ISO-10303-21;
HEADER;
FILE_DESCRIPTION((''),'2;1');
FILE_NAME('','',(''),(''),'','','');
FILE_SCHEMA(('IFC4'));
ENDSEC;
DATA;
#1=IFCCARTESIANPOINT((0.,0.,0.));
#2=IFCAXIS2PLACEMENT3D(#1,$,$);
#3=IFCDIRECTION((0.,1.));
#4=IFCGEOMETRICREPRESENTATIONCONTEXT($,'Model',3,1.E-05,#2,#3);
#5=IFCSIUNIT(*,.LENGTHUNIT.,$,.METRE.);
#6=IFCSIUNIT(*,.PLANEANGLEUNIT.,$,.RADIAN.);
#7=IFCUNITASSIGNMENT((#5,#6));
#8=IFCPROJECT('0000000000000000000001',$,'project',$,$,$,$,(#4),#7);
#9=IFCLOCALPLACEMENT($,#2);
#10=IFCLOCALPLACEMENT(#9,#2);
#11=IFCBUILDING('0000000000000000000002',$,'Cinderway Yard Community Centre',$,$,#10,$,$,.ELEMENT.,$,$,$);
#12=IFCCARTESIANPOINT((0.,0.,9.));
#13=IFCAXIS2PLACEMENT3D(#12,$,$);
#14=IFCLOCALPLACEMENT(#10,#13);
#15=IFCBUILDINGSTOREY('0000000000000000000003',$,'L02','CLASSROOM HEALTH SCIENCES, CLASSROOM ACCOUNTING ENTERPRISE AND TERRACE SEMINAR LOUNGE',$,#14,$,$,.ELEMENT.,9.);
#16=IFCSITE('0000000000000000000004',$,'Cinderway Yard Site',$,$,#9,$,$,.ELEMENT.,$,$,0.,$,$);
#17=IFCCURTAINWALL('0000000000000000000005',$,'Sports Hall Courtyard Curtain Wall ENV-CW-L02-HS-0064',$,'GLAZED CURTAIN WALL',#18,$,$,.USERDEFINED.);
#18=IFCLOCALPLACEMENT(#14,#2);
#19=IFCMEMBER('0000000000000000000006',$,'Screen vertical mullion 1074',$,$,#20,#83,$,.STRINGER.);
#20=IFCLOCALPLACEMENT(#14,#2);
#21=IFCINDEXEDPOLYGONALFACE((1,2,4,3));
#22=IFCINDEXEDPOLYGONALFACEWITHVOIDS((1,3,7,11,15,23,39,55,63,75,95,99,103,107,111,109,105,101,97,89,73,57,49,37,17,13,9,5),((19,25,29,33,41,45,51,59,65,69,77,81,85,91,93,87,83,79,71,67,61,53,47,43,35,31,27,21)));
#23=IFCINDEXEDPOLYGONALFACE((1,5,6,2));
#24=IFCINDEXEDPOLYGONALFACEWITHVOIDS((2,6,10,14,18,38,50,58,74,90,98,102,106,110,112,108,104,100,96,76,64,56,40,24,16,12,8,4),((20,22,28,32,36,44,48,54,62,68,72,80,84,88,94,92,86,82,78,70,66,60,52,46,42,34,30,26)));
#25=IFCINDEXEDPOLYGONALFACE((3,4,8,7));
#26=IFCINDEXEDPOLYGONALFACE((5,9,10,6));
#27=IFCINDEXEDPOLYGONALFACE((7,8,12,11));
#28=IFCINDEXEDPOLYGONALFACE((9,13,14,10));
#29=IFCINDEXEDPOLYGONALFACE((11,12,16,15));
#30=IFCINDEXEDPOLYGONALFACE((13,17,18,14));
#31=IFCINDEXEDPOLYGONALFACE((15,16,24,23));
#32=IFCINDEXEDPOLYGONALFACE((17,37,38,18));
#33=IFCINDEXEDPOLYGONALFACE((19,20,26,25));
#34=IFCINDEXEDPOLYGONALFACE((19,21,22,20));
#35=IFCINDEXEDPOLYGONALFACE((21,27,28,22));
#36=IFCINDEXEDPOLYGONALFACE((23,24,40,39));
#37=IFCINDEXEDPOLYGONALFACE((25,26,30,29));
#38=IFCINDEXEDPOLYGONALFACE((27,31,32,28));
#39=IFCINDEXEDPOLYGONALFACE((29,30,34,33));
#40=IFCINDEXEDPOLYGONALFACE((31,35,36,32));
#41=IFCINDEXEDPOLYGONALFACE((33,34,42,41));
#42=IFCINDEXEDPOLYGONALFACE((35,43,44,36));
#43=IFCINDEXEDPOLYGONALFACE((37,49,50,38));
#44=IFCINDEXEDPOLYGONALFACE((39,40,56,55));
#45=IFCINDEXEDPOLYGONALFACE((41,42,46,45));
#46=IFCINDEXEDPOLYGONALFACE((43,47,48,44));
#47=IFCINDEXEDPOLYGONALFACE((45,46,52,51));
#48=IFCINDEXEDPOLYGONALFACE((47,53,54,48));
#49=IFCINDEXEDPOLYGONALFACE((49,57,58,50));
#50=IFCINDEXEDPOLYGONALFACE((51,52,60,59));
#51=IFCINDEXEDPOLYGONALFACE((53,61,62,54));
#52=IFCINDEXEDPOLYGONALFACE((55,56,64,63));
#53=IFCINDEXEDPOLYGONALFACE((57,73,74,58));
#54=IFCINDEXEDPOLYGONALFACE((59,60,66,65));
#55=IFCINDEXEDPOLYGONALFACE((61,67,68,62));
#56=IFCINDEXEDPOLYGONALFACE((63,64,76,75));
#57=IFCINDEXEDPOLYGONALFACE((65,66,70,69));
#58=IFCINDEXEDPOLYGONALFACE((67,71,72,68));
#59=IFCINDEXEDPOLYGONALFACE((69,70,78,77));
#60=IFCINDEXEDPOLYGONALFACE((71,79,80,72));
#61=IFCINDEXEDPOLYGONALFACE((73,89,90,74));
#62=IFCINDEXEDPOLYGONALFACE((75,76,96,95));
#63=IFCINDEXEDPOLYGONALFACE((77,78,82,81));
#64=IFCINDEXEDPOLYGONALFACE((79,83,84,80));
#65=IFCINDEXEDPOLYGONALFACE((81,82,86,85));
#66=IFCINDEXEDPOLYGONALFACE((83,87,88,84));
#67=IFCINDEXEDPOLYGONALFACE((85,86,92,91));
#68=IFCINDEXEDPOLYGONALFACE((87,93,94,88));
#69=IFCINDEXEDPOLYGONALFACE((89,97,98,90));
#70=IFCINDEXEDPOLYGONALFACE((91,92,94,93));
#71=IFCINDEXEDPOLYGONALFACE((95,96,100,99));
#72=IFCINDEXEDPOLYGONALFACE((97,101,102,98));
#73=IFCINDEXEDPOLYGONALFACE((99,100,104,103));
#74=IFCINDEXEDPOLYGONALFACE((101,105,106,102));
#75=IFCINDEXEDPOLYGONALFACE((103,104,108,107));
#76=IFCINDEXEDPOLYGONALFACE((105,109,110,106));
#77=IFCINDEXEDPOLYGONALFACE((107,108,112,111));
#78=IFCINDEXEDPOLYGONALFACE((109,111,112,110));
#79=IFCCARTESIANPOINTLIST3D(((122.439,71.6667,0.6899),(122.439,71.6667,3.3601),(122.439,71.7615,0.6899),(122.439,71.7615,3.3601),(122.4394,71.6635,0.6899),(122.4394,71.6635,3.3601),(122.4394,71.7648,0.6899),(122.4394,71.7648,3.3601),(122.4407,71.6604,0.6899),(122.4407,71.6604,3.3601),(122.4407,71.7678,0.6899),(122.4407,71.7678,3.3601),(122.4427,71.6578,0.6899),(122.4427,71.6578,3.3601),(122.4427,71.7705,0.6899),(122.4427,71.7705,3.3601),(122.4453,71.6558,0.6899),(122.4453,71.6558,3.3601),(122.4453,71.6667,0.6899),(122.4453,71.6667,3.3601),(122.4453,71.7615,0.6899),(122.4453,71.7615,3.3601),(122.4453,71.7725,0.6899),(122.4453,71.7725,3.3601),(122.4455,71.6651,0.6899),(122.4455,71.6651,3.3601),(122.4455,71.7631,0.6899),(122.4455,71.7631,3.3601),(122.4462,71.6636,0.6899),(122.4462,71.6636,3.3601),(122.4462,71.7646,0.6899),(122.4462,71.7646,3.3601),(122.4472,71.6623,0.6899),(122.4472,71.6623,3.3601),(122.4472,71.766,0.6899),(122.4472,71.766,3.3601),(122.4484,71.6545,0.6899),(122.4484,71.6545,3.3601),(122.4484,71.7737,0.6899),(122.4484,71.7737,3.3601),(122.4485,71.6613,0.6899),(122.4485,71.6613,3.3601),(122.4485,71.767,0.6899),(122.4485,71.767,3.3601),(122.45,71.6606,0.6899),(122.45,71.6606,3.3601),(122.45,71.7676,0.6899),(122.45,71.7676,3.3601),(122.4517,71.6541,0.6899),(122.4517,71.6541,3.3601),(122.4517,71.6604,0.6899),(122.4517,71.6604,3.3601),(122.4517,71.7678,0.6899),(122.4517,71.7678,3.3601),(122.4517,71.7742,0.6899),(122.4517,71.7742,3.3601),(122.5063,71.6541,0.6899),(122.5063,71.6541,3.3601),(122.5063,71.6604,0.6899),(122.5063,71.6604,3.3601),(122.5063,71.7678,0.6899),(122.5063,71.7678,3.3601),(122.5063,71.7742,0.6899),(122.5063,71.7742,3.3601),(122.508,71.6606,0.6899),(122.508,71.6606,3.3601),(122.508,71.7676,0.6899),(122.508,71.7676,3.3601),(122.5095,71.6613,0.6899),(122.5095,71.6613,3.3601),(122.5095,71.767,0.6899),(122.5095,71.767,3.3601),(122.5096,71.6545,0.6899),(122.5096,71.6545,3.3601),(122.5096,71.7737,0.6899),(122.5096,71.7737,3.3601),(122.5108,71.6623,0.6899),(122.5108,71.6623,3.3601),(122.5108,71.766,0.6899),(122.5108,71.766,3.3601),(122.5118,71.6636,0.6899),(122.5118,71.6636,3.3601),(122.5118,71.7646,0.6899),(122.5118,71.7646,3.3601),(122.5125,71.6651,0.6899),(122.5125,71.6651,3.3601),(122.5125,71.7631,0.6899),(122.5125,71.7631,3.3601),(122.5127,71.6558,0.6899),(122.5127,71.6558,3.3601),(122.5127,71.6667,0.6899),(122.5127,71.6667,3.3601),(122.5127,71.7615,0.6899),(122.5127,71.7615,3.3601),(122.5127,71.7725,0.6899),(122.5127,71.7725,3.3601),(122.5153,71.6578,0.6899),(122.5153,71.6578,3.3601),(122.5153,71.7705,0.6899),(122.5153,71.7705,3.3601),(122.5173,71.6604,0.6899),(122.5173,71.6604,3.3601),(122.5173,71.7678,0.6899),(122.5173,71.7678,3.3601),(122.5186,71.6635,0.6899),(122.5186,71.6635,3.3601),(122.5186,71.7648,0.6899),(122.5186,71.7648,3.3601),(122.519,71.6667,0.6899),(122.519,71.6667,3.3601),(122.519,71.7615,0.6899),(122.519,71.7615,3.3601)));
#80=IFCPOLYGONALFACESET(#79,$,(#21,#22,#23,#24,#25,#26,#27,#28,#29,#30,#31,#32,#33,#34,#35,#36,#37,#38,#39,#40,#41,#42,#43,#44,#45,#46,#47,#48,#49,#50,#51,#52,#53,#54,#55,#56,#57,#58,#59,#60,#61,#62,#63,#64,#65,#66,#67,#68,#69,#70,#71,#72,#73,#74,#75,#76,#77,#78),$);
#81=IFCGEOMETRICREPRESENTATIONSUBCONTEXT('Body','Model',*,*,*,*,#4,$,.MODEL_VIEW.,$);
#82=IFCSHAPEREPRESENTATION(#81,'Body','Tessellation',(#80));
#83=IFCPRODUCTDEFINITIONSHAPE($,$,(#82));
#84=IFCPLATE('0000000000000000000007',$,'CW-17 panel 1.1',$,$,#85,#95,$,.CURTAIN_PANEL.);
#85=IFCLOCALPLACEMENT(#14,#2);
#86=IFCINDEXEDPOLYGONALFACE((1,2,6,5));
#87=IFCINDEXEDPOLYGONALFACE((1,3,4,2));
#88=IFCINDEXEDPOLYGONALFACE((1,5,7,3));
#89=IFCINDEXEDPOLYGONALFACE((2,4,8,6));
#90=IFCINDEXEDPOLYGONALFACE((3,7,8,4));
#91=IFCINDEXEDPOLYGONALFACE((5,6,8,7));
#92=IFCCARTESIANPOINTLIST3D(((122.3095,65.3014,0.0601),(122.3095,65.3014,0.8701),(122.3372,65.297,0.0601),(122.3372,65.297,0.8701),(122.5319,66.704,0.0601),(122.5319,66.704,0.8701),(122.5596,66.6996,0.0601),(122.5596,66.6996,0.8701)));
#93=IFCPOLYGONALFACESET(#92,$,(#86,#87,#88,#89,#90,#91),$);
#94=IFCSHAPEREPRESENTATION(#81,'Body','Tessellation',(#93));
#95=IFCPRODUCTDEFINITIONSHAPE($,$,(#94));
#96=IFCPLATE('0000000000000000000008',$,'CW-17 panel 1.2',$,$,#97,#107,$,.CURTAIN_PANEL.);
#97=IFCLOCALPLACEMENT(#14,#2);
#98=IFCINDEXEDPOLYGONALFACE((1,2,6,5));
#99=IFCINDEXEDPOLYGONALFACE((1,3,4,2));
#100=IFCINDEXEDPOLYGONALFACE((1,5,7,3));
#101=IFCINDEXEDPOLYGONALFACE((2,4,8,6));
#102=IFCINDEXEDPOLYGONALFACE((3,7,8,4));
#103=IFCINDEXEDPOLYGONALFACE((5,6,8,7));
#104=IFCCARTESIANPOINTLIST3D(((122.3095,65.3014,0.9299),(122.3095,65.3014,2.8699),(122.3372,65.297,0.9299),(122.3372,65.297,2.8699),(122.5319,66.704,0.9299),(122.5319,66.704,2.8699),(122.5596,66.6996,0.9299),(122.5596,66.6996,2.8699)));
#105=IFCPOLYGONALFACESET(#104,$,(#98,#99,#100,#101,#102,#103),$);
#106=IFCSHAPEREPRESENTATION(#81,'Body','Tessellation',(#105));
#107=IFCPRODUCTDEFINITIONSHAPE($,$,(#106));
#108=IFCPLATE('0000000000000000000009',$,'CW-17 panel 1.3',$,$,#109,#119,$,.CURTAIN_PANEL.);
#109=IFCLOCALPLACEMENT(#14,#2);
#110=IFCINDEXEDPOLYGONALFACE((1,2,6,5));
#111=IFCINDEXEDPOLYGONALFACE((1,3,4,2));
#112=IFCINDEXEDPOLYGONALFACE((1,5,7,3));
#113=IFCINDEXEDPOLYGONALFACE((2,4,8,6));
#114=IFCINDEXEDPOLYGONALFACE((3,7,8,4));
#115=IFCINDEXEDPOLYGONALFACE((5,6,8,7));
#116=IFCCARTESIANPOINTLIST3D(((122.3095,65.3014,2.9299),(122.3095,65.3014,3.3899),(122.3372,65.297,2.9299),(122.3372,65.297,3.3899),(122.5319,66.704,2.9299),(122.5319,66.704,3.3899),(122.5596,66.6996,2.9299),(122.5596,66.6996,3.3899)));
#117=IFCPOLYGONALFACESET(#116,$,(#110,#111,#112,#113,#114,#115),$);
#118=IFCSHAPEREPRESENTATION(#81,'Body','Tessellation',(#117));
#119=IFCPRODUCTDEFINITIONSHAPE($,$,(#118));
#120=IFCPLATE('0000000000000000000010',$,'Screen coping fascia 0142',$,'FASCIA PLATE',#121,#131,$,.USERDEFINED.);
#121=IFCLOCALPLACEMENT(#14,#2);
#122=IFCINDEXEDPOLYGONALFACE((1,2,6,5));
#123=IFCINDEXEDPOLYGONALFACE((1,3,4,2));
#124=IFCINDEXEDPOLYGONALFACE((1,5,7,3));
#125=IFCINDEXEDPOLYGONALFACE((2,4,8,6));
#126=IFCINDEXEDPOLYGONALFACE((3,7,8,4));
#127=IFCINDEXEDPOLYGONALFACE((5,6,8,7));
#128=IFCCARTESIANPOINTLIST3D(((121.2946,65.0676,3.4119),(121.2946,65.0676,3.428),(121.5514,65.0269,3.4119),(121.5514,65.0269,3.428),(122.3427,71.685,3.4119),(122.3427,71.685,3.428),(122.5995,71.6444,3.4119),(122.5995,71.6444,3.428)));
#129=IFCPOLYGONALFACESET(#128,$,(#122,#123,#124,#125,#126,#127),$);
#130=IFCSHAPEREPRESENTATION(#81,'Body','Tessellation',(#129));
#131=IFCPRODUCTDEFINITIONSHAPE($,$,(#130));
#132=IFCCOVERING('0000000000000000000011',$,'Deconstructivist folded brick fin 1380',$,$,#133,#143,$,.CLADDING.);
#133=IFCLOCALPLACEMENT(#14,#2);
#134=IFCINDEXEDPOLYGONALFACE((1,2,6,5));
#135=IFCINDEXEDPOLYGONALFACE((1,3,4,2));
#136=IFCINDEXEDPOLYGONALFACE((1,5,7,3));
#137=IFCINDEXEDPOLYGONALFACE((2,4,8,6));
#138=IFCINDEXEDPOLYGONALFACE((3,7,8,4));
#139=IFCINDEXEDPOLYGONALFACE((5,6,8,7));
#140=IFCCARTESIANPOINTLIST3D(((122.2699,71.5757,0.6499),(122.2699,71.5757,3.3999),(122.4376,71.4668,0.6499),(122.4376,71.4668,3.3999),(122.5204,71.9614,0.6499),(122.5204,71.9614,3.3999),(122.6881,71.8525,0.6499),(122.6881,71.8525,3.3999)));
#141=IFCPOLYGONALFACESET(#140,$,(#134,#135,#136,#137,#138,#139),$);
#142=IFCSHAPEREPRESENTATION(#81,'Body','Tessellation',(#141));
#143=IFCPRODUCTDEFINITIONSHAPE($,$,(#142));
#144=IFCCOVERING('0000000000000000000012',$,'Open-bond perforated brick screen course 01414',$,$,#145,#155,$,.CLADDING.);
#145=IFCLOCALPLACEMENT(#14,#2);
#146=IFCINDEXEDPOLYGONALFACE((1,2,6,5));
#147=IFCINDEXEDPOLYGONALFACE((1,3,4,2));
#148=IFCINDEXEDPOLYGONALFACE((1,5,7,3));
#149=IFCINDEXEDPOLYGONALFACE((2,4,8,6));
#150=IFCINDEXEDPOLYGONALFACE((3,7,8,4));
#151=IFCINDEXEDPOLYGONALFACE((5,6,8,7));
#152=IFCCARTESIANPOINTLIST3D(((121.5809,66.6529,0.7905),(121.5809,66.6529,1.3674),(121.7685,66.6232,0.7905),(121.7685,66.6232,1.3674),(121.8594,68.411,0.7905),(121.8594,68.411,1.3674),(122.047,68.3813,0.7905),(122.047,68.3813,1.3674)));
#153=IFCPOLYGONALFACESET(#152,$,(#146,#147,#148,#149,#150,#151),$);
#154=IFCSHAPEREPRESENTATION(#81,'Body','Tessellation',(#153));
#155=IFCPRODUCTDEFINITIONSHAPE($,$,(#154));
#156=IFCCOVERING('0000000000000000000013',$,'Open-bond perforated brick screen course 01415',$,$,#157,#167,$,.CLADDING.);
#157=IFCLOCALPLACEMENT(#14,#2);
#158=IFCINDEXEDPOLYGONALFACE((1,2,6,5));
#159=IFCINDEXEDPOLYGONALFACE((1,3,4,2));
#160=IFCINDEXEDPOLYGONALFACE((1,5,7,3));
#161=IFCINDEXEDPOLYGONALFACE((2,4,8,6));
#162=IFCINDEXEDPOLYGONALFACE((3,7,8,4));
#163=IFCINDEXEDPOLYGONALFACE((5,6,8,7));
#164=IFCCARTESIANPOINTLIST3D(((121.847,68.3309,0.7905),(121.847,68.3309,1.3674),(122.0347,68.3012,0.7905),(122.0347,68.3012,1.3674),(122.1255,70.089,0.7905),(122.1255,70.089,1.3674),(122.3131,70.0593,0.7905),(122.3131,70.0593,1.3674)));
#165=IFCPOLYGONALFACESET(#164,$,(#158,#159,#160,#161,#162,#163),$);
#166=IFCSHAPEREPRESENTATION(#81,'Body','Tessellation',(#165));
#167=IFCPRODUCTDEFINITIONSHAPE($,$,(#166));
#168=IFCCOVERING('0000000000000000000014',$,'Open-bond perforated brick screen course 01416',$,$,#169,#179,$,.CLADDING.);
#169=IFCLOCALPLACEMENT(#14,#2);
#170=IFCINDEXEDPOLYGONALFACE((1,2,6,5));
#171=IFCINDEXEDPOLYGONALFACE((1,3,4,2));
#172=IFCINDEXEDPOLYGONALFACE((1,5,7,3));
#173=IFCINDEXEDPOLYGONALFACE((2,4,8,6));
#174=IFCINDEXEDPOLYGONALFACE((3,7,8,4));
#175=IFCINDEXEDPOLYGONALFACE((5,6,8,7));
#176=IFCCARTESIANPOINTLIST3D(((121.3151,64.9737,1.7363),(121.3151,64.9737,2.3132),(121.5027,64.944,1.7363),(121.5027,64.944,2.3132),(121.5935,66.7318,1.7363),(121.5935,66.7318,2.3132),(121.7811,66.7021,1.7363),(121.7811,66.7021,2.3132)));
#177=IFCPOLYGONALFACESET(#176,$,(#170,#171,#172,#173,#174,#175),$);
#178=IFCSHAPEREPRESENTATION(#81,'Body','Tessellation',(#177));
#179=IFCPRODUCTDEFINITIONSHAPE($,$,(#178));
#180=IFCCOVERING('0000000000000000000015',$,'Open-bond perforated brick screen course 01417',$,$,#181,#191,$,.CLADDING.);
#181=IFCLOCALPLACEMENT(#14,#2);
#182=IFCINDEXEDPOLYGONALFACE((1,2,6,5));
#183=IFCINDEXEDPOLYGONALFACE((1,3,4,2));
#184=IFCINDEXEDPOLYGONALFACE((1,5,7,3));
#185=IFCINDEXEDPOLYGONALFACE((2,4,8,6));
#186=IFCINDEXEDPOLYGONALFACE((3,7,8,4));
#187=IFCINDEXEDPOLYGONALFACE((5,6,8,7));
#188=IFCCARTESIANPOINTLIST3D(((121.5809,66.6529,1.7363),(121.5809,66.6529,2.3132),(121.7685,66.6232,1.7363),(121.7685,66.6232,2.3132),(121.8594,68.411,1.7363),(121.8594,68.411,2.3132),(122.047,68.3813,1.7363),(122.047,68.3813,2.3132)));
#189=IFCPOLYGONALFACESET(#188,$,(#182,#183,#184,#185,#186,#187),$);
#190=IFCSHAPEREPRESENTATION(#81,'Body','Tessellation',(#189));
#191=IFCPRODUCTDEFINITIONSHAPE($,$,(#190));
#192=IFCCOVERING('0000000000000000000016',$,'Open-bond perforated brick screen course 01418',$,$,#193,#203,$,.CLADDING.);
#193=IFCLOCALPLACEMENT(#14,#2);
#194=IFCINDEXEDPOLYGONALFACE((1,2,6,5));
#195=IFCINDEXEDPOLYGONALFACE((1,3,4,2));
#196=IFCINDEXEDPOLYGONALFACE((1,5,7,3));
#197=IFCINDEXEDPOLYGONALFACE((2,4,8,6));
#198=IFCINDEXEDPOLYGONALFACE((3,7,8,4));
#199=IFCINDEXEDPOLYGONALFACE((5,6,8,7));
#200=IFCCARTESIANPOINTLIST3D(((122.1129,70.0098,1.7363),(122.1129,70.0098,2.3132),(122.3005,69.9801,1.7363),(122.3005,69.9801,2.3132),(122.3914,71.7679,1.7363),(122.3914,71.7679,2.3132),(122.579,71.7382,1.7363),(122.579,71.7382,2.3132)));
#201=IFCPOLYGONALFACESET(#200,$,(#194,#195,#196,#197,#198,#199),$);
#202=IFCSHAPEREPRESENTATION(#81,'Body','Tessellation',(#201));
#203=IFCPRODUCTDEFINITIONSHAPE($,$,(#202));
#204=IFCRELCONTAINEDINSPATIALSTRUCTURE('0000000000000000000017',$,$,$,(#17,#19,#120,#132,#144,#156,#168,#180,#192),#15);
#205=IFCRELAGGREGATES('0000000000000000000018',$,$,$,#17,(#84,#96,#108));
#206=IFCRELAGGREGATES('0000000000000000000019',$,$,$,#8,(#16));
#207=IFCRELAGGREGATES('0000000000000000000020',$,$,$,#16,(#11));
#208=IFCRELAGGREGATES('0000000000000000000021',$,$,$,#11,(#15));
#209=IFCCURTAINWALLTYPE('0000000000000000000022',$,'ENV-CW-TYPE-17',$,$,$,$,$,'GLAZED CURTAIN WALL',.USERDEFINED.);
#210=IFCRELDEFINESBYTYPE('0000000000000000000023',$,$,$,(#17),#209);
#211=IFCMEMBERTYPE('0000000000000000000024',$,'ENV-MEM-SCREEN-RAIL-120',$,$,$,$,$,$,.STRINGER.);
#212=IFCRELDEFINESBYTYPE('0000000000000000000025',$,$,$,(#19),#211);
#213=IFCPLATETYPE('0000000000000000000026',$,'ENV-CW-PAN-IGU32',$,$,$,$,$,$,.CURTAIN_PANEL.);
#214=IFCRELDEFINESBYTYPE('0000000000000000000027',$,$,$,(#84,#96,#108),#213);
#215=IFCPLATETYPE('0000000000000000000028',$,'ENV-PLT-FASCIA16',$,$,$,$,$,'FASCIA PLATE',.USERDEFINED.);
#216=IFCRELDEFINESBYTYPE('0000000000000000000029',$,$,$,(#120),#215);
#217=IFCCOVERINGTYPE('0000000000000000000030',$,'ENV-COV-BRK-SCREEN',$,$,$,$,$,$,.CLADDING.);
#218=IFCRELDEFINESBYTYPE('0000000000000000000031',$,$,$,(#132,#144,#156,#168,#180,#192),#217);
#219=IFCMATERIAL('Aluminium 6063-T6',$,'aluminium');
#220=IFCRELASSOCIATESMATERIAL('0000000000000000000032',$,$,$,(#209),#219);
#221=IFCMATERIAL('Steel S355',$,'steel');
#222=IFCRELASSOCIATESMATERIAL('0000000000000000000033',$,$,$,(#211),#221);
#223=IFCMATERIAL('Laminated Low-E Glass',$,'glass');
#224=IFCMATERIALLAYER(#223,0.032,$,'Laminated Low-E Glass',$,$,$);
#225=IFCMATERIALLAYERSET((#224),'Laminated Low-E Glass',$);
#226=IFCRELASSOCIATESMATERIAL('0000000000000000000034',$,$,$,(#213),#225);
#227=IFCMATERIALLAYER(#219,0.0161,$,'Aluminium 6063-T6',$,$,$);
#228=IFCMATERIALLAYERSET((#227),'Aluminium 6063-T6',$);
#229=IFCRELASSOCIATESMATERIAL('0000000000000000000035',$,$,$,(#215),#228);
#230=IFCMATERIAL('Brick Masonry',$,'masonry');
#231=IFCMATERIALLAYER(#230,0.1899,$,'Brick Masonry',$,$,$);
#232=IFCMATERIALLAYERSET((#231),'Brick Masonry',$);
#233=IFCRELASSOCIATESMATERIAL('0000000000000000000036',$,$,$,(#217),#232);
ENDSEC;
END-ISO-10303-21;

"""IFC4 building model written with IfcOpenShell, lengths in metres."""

from ifc_helpers import new_model, si_unit, direction, frame, origin, origin_2d, place, context, subcontext, project, spatial, rectangle, hollow_rectangle, extrude, material, layer, layer_set, material_profile, profile_set, type_object, element, aggregate, save


model = new_model("IFC4")

# Units and contexts
model_context = context("Model", 3, precision=1e-05, world=origin(), true_north=direction((0.0, 1.0)))
body_context = subcontext(model_context, "Body", "Model", "MODEL_VIEW")
ifc_project = project(units=[si_unit("LENGTHUNIT", "METRE"), si_unit("PLANEANGLEUNIT", "RADIAN")], contexts=[model_context])

# Site, building, storey
site_placement = place(None, origin())
site = spatial("IfcSite", under=ifc_project, at=site_placement, Name="Cinderway Yard Site", CompositionType="ELEMENT", RefElevation=0.0)
building_placement = place(site_placement, origin())
building = spatial("IfcBuilding", under=site, at=building_placement, Name="Cinderway Yard Community Centre", CompositionType="ELEMENT")
storey_placement = place(building_placement, frame((0.0, 0.0, 9.0)))
storey = spatial("IfcBuildingStorey", under=building, at=storey_placement, Name="L02", Description="CLASSROOM HEALTH SCIENCES, CLASSROOM ACCOUNTING ENTERPRISE AND TERRACE SEMINAR LOUNGE", CompositionType="ELEMENT", Elevation=9.0)

# Curtain wall
ifc_material_1 = material(Name="Aluminium 6063-T6", Category="aluminium")
curtain_wall_type = type_object("IfcCurtainWallType", Name="ENV-CW-TYPE-17", ElementType="GLAZED CURTAIN WALL", PredefinedType="USERDEFINED", material=ifc_material_1)
curtain_wall_placement = place(storey_placement, origin())
curtain_wall = element("IfcCurtainWall", 1, at=curtain_wall_placement, inside=storey, type_object=curtain_wall_type, Name="Sports Hall Courtyard Curtain Wall ENV-CW-L02-HS-0064", ObjectType="GLAZED CURTAIN WALL", PredefinedType="USERDEFINED")

# Member
ifc_material_2 = material(Name="Steel S355", Category="steel")
ifc_material_profile_1 = material_profile(ifc_material_2, hollow_rectangle(XDim=0.0801, YDim=0.1201, WallThickness=0.0063, InnerFilletRadius=0.0063, OuterFilletRadius=0.0127, at=origin_2d()), Name="Steel S355")
ifc_profile_set_1 = profile_set([ifc_material_profile_1], Name="Steel S355")
member_type_1 = type_object("IfcMemberType", Name="ENV-MEM-SCREEN-RAIL-120", PredefinedType="STRINGER", material=ifc_profile_set_1)
for number, where, z_axis, x_axis, name in (
    (2, (122.479, 71.7141, 0.6899), (0.0, 0.0, 1.0), (1.0, 0.0, 0.0), "Screen vertical mullion 1074"),
):
    element("IfcMember", number, at=place(storey_placement, frame(where, z_axis=z_axis, x_axis=x_axis)), inside=storey, type_object=member_type_1, Name=name, PredefinedType="STRINGER", context=body_context, shape_type="SweptSolid", body=[
        extrude(hollow_rectangle(XDim=0.0801, YDim=0.1201, WallThickness=0.0063, InnerFilletRadius=0.0063, OuterFilletRadius=0.0127, at=origin_2d()), origin(), (0.0, 0.0, 1.0), 2.6702),
    ])

# Plates
ifc_material_3 = material(Name="Laminated Low-E Glass", Category="glass")
ifc_layer_1 = layer(ifc_material_3, 0.032, Name="Laminated Low-E Glass")
ifc_layer_set_1 = layer_set([ifc_layer_1], Name="Laminated Low-E Glass")
plate_type_1 = type_object("IfcPlateType", Name="ENV-CW-PAN-IGU32", PredefinedType="CURTAIN_PANEL", material=ifc_layer_set_1)
plate_1_placement = place(storey_placement, frame((122.4346, 66.0005, 0.0601), z_axis=(0.0, 0.0, 1.0), x_axis=(0.156609, 0.987661, 0.0)))
plate_1 = element("IfcPlate", 3, at=plate_1_placement, type_object=plate_type_1, Name="CW-17 panel 1.1", PredefinedType="CURTAIN_PANEL", context=body_context, shape_type="SweptSolid", body=[
    extrude(rectangle(XDim=1.4202, YDim=0.0281, at=origin_2d()), origin(), (0.0, 0.0, 1.0), 0.8101),
])
plate_2_placement = place(storey_placement, frame((122.4346, 66.0005, 0.9299), z_axis=(0.0, 0.0, 1.0), x_axis=(0.156609, 0.987661, 0.0)))
plate_2 = element("IfcPlate", 4, at=plate_2_placement, type_object=plate_type_1, Name="CW-17 panel 1.2", PredefinedType="CURTAIN_PANEL", context=body_context, shape_type="SweptSolid", body=[
    extrude(rectangle(XDim=1.4202, YDim=0.0281, at=origin_2d()), origin(), (0.0, 0.0, 1.0), 1.9399),
])
plate_3_placement = place(storey_placement, frame((122.4346, 66.0005, 2.9299), z_axis=(0.0, 0.0, 1.0), x_axis=(0.156609, 0.987661, 0.0)))
plate_3 = element("IfcPlate", 5, at=plate_3_placement, type_object=plate_type_1, Name="CW-17 panel 1.3", PredefinedType="CURTAIN_PANEL", context=body_context, shape_type="SweptSolid", body=[
    extrude(rectangle(XDim=1.4202, YDim=0.0281, at=origin_2d()), origin(), (0.0, 0.0, 1.0), 0.46),
])
aggregate(curtain_wall, [plate_1, plate_2, plate_3])
ifc_layer_2 = layer(ifc_material_1, 0.0161, Name="Aluminium 6063-T6")
ifc_layer_set_2 = layer_set([ifc_layer_2], Name="Aluminium 6063-T6")
plate_type_2 = type_object("IfcPlateType", Name="ENV-PLT-FASCIA16", ElementType="FASCIA PLATE", PredefinedType="USERDEFINED", material=ifc_layer_set_2)
plate_4_placement = place(storey_placement, frame((121.947, 68.356, 3.4119), z_axis=(0.0, 0.0, 1.0), x_axis=(0.156434, 0.987688, 0.0)))
element("IfcPlate", 6, at=plate_4_placement, inside=storey, type_object=plate_type_2, Name="Screen coping fascia 0142", ObjectType="FASCIA PLATE", PredefinedType="USERDEFINED", context=body_context, shape_type="SweptSolid", body=[
    extrude(rectangle(XDim=6.7, YDim=0.26, at=origin_2d()), origin(), (0.0, 0.0, 1.0), 0.0161),
])

# Coverings
ifc_material_4 = material(Name="Brick Masonry", Category="masonry")
ifc_layer_3 = layer(ifc_material_4, 0.1899, Name="Brick Masonry")
ifc_layer_set_3 = layer_set([ifc_layer_3], Name="Brick Masonry")
covering_type = type_object("IfcCoveringType", Name="ENV-COV-BRK-SCREEN", PredefinedType="CLADDING", material=ifc_layer_set_3)
covering_placement = place(storey_placement, frame((122.479, 71.7141, 0.6499), z_axis=(0.0, 0.0, 1.0), x_axis=(0.544639, 0.838671, 0.0)))
element("IfcCovering", 7, at=covering_placement, inside=storey, type_object=covering_type, Name="Deconstructivist folded brick fin 1380", PredefinedType="CLADDING", context=body_context, shape_type="SweptSolid", body=[
    extrude(rectangle(XDim=0.46, YDim=0.2, at=origin_2d()), origin(), (0.0, 0.0, 1.0), 2.75),
])
for number, where, z_axis, x_axis, name in (
    (8, (121.814, 67.5171, 0.7905), (0.0, 0.0, 1.0), (0.156434, 0.987688, 0.0), "Open-bond perforated brick screen course 01414"),
    (9, (122.0801, 69.1951, 0.7905), (0.0, 0.0, 1.0), (0.156434, 0.987688, 0.0), "Open-bond perforated brick screen course 01415"),
    (10, (121.5481, 65.8379, 1.7363), (0.0, 0.0, 1.0), (0.156434, 0.987688, 0.0), "Open-bond perforated brick screen course 01416"),
    (11, (121.814, 67.5171, 1.7363), (0.0, 0.0, 1.0), (0.156434, 0.987688, 0.0), "Open-bond perforated brick screen course 01417"),
    (12, (122.3459, 70.874, 1.7363), (0.0, 0.0, 1.0), (0.156434, 0.987688, 0.0), "Open-bond perforated brick screen course 01418"),
):
    element("IfcCovering", number, at=place(storey_placement, frame(where, z_axis=z_axis, x_axis=x_axis)), inside=storey, type_object=covering_type, Name=name, PredefinedType="CLADDING", context=body_context, shape_type="SweptSolid", body=[
        extrude(rectangle(XDim=1.78, YDim=0.1899, at=origin_2d()), origin(), (0.0, 0.0, 1.0), 0.5769),
    ])

save(model, "model.ifc")
